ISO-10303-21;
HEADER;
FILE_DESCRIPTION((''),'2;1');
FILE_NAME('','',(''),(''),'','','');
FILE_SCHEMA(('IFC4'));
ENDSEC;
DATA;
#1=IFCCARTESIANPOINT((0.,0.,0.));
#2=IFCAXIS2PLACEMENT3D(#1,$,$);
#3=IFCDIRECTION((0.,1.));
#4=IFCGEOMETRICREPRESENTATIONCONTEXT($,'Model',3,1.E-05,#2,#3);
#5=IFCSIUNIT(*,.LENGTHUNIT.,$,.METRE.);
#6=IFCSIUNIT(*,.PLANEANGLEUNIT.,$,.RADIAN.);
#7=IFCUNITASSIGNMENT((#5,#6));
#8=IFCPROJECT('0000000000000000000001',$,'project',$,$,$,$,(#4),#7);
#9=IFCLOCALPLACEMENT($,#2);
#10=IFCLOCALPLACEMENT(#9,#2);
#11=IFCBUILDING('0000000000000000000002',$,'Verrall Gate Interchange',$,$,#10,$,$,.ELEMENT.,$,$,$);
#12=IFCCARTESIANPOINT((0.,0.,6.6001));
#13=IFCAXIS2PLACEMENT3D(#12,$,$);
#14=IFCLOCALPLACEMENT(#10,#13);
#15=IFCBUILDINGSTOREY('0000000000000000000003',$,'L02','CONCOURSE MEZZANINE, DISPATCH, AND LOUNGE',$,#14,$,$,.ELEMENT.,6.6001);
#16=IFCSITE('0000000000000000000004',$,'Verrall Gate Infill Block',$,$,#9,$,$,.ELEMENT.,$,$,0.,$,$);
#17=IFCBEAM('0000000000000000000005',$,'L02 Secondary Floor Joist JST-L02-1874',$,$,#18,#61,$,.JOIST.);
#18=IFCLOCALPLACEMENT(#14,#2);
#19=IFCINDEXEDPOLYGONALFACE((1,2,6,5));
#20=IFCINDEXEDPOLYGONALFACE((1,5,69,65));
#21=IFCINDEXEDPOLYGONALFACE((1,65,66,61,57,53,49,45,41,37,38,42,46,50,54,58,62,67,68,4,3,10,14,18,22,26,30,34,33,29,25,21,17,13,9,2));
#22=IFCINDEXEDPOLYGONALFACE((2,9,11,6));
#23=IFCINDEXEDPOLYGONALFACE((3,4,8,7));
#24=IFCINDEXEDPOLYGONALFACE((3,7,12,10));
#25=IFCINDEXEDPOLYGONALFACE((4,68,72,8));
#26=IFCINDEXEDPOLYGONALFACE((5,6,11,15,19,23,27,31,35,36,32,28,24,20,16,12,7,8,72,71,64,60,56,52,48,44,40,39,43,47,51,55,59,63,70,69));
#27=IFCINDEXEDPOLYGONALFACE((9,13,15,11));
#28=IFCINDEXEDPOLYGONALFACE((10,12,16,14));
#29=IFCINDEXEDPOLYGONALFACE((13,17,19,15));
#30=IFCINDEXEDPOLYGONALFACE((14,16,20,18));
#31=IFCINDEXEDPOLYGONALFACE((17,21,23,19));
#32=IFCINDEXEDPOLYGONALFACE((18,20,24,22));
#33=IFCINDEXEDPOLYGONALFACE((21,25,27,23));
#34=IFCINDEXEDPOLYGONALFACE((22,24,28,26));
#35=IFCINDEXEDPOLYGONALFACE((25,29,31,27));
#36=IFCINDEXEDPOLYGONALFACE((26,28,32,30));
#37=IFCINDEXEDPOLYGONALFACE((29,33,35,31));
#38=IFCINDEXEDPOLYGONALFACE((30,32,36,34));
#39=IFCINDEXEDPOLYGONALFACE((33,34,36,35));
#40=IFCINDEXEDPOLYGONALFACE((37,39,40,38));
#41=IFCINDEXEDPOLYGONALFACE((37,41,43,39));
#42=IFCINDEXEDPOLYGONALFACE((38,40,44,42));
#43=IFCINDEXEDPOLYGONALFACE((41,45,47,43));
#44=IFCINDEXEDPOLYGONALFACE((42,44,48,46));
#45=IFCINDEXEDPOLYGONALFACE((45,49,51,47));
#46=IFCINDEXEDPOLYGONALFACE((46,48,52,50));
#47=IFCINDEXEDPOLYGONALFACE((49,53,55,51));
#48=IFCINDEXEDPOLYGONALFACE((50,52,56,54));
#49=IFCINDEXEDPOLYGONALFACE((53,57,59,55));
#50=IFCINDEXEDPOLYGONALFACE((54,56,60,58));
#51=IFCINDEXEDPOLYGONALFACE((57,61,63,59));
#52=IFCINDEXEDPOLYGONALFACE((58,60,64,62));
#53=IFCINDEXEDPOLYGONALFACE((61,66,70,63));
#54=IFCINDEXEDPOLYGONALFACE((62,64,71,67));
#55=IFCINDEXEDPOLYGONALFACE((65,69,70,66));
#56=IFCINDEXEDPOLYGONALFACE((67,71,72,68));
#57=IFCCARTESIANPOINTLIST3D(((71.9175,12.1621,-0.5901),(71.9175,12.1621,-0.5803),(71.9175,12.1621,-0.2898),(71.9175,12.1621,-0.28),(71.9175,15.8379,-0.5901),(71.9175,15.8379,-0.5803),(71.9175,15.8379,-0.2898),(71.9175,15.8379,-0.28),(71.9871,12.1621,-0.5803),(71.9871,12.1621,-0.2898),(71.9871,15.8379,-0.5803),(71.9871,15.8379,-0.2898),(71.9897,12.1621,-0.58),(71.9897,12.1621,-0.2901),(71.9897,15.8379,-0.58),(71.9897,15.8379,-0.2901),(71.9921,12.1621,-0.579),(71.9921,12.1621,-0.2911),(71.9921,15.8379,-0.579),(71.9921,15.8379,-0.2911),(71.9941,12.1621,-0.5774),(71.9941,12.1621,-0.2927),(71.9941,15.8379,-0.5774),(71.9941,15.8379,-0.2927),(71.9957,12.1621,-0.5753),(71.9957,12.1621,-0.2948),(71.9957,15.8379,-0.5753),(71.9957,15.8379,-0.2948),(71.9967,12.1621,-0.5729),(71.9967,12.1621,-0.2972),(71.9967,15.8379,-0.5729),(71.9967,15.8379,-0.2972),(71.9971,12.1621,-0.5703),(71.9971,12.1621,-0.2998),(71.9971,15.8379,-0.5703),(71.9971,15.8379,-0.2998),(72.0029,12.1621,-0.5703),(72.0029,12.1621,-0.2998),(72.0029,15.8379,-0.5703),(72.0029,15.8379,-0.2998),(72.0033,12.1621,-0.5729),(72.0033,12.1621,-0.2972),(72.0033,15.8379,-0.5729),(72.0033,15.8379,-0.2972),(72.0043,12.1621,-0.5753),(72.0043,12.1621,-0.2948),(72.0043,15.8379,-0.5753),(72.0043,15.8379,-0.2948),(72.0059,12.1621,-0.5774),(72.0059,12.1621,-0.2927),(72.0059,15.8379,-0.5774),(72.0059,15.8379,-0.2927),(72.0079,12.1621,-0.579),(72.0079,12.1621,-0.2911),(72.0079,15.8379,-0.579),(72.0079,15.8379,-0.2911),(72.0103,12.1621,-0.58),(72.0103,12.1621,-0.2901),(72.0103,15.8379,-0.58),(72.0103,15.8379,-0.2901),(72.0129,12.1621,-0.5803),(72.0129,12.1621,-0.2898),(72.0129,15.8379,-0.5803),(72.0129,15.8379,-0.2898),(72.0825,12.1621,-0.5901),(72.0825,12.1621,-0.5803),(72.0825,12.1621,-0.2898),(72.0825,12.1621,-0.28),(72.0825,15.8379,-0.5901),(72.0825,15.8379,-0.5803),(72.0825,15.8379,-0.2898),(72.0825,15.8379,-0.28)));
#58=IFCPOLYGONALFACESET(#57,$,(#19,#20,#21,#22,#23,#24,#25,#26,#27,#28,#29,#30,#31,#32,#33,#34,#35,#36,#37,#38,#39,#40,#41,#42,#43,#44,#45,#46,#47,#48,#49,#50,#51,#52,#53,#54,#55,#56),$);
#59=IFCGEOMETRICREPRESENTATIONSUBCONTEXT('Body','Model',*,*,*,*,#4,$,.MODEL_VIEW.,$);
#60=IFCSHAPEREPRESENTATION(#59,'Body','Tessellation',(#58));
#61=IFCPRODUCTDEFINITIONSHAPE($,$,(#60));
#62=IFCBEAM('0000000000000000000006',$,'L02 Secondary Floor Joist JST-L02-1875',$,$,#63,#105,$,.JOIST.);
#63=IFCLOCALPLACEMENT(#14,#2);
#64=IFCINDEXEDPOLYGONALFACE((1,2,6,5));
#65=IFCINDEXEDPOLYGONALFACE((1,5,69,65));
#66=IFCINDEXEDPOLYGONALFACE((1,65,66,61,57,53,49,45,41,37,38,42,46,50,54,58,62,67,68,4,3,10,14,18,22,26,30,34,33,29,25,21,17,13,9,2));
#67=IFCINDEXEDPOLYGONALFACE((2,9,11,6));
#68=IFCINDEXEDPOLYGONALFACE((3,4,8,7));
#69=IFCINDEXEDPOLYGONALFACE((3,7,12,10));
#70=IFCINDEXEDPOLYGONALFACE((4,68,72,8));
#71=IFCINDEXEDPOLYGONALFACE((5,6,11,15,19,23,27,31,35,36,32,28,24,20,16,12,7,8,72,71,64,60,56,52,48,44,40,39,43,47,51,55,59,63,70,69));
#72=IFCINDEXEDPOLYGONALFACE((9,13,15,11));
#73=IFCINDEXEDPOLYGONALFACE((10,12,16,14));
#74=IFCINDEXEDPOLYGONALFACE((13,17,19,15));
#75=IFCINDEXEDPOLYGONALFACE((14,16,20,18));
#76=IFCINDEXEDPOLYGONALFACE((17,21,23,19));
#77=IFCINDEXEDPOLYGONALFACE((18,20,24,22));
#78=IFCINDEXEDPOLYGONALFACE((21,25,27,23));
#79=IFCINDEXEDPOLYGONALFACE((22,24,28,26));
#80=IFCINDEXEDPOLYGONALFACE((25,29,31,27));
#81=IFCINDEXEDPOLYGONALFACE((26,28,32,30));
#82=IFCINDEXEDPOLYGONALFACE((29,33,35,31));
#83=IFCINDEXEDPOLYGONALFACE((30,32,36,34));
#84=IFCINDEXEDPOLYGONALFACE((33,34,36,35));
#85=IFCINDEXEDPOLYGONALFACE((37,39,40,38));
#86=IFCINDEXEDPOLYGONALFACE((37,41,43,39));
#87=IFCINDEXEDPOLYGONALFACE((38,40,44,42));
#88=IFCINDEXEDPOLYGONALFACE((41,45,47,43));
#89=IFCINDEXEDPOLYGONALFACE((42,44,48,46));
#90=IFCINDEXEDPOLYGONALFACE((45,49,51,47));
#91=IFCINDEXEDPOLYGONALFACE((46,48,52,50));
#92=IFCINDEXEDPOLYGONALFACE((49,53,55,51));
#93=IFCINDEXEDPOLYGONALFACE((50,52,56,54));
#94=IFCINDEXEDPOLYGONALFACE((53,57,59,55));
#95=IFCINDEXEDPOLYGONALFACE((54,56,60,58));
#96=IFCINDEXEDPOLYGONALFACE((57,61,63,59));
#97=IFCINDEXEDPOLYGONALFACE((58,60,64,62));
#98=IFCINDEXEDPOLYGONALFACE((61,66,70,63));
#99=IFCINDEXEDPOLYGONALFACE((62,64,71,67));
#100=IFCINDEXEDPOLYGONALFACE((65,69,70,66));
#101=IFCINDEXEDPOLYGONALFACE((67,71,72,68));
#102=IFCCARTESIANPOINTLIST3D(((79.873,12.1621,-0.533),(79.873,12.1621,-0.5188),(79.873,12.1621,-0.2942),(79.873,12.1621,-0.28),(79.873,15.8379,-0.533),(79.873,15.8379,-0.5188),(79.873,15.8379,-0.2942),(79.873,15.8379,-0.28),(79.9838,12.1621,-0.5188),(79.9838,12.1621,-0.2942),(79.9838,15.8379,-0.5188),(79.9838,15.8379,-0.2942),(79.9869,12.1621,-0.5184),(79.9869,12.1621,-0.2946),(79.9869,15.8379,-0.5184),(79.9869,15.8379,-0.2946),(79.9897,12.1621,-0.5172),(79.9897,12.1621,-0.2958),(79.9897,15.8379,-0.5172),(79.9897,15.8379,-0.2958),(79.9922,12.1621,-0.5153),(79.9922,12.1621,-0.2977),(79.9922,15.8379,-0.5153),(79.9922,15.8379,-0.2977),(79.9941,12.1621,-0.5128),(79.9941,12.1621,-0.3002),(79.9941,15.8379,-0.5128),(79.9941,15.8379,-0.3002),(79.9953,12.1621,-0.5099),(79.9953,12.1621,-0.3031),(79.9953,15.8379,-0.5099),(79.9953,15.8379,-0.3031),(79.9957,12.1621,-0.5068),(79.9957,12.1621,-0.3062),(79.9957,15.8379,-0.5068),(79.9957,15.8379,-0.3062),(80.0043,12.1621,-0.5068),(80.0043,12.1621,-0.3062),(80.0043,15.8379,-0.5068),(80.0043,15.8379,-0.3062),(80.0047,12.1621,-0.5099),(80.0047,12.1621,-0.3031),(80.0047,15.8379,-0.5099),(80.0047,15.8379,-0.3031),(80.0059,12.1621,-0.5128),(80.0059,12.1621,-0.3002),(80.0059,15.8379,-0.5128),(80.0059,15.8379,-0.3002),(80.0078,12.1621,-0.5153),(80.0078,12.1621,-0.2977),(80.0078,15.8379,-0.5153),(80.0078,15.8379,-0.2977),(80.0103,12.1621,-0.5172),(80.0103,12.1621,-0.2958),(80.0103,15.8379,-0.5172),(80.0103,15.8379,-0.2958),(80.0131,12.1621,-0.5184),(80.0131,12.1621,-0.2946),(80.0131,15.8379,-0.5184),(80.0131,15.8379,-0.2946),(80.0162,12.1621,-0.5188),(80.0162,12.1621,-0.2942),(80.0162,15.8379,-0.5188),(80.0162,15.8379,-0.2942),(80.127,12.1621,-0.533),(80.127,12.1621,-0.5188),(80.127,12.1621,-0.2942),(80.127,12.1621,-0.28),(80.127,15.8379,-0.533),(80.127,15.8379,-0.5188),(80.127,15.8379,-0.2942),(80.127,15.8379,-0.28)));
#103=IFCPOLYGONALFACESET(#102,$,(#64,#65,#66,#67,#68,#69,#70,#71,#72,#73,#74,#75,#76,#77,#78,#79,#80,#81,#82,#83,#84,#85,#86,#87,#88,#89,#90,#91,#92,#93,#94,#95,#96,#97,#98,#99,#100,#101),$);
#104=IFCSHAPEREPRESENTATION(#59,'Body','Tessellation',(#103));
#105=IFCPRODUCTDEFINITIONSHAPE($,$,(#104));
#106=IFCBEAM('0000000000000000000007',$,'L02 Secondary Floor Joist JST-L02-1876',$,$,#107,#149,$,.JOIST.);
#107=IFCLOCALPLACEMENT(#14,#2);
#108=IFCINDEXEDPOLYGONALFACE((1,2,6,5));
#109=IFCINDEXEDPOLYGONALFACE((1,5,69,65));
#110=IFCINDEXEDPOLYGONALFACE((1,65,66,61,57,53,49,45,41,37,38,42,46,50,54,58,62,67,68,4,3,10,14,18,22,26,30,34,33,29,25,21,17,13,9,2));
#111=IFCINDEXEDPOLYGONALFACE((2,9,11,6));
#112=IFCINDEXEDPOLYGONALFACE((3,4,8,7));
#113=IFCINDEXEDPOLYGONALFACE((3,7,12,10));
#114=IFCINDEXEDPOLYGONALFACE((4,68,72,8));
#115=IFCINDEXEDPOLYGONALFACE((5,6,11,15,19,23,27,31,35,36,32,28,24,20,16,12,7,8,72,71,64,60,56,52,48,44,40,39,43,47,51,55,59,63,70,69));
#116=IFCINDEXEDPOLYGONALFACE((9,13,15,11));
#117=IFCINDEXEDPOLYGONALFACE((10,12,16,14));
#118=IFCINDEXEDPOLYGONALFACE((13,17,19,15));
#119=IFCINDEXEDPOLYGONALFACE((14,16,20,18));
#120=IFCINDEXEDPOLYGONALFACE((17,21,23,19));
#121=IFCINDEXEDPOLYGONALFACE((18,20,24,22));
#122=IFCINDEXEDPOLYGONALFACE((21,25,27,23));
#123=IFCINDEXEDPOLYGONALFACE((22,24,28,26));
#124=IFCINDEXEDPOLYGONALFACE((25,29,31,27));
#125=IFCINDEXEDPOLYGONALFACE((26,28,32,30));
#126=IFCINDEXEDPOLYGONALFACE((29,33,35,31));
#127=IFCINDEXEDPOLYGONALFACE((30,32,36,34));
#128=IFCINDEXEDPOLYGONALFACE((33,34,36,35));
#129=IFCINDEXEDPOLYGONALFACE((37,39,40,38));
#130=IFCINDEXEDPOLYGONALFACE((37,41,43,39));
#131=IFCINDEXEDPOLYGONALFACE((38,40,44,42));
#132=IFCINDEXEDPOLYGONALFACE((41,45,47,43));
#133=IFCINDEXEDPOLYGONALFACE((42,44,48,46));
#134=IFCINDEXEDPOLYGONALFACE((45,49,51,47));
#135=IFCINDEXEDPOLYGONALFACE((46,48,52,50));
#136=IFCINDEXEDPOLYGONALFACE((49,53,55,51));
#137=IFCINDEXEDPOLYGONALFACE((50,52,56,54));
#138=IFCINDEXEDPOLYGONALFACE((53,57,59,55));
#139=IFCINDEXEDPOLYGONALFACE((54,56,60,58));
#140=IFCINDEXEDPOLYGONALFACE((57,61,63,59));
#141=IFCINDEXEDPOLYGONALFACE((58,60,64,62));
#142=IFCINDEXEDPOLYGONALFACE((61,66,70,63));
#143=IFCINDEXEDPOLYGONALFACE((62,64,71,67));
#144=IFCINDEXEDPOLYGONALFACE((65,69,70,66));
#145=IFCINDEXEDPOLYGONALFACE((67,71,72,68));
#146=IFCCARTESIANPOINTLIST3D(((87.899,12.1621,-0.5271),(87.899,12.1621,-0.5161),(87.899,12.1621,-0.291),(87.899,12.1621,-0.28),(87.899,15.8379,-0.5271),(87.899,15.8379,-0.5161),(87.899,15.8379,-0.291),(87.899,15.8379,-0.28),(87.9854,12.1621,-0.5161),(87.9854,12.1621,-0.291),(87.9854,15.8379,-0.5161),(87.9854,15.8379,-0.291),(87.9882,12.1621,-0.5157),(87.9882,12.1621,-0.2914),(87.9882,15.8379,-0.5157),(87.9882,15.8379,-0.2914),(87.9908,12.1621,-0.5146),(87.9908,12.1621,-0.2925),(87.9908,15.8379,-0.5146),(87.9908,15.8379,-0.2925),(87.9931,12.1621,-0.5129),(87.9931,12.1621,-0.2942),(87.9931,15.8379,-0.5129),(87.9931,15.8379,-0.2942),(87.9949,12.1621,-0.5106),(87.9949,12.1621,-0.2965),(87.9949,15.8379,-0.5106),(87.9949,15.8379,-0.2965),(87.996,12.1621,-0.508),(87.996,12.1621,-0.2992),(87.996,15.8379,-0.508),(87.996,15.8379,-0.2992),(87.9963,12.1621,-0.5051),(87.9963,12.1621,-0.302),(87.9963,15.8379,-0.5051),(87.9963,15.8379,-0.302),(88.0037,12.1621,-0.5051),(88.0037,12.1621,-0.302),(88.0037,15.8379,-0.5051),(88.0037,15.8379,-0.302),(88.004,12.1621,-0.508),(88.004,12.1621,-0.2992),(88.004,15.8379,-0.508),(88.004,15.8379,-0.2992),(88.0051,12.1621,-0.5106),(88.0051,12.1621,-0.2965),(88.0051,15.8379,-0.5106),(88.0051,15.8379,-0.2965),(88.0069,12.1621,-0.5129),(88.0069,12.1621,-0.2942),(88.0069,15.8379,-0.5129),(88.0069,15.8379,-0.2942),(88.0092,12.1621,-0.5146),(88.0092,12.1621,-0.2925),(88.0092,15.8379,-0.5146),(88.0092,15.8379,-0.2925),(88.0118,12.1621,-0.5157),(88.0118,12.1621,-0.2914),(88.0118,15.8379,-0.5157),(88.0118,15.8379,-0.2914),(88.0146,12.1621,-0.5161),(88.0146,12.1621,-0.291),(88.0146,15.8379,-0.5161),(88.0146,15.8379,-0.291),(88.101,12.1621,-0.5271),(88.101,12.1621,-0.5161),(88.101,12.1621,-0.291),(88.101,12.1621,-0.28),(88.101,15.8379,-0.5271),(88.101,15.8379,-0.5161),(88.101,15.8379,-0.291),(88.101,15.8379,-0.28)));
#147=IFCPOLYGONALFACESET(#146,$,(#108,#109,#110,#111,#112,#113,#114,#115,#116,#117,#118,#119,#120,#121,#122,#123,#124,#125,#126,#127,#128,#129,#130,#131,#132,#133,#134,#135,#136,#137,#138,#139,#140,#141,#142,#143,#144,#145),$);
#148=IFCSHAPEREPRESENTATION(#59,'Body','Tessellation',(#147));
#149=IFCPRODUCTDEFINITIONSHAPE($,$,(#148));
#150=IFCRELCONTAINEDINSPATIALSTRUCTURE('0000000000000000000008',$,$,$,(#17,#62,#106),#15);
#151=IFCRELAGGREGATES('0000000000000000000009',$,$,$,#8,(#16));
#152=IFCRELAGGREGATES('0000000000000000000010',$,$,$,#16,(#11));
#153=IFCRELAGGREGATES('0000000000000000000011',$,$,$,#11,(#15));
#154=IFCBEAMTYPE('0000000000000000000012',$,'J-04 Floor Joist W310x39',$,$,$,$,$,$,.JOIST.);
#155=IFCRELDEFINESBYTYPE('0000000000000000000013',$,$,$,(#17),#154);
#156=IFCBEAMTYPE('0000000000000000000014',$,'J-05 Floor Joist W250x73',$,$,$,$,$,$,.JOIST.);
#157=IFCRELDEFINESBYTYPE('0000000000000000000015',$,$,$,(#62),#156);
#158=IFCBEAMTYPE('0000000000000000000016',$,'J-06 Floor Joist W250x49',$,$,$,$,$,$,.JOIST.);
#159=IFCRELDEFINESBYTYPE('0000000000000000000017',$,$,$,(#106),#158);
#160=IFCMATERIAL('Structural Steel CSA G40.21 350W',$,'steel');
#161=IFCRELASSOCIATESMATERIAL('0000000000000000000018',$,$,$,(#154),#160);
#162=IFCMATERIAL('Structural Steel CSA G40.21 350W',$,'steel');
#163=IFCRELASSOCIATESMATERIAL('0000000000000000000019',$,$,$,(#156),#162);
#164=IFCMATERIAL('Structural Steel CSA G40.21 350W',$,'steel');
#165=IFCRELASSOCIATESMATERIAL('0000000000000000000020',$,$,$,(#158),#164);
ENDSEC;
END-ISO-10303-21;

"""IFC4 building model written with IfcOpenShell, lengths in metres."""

from ifc_helpers import new_model, si_unit, direction, frame, origin, origin_2d, place, context, subcontext, project, spatial, i_section, extrude, material, material_profile, profile_set, type_object, element, save


model = new_model("IFC4")

# Units and contexts
model_context = context("Model", 3, precision=1e-05, world=origin(), true_north=direction((0.0, 1.0)))
body_context = subcontext(model_context, "Body", "Model", "MODEL_VIEW")
ifc_project = project(units=[si_unit("LENGTHUNIT", "METRE"), si_unit("PLANEANGLEUNIT", "RADIAN")], contexts=[model_context])

# Site, building, storey
site_placement = place(None, origin())
site = spatial("IfcSite", under=ifc_project, at=site_placement, Name="Verrall Gate Infill Block", CompositionType="ELEMENT", RefElevation=0.0)
building_placement = place(site_placement, origin())
building = spatial("IfcBuilding", under=site, at=building_placement, Name="Verrall Gate Interchange", CompositionType="ELEMENT")
storey_placement = place(building_placement, frame((0.0, 0.0, 6.6001)))
storey = spatial("IfcBuildingStorey", under=building, at=storey_placement, Name="L02", Description="CONCOURSE MEZZANINE, DISPATCH, AND LOUNGE", CompositionType="ELEMENT", Elevation=6.6001)

# Beams
ifc_material_1 = material(Name="Structural Steel CSA G40.21 350W", Category="steel")
ifc_material_profile_1 = material_profile(ifc_material_1, i_section(OverallWidth=0.165, OverallDepth=0.3101, WebThickness=0.0059, FlangeThickness=0.0098, FilletRadius=0.01, at=origin_2d()), Name="W310x39")
ifc_profile_set_1 = profile_set([ifc_material_profile_1], Name="Structural Steel CSA G40.21 350W")
beam_type_1 = type_object("IfcBeamType", Name="J-04 Floor Joist W310x39", PredefinedType="JOIST", material=ifc_profile_set_1)
beam_1_placement = place(storey_placement, frame((72.0, 12.1621, -0.4351), z_axis=(0.0, 1.0, 0.0), x_axis=(-1.0, 0.0, 0.0)))
element("IfcBeam", 1, at=beam_1_placement, inside=storey, type_object=beam_type_1, Name="L02 Secondary Floor Joist JST-L02-1874", PredefinedType="JOIST", context=body_context, shape_type="SweptSolid", body=[
    extrude(i_section(OverallWidth=0.165, OverallDepth=0.3101, WebThickness=0.0059, FlangeThickness=0.0098, FilletRadius=0.01, at=origin_2d()), origin(), (0.0, 0.0, 1.0), 3.6758),
])
ifc_material_2 = material(Name="Structural Steel CSA G40.21 350W", Category="steel")
ifc_material_profile_2 = material_profile(ifc_material_2, i_section(OverallWidth=0.2539, OverallDepth=0.2529, WebThickness=0.0085, FlangeThickness=0.0142, FilletRadius=0.012, at=origin_2d()), Name="W250x73")
ifc_profile_set_2 = profile_set([ifc_material_profile_2], Name="Structural Steel CSA G40.21 350W")
beam_type_2 = type_object("IfcBeamType", Name="J-05 Floor Joist W250x73", PredefinedType="JOIST", material=ifc_profile_set_2)
beam_2_placement = place(storey_placement, frame((80.0, 12.1621, -0.4065), z_axis=(0.0, 1.0, 0.0), x_axis=(-1.0, 0.0, 0.0)))
element("IfcBeam", 2, at=beam_2_placement, inside=storey, type_object=beam_type_2, Name="L02 Secondary Floor Joist JST-L02-1875", PredefinedType="JOIST", context=body_context, shape_type="SweptSolid", body=[
    extrude(i_section(OverallWidth=0.2539, OverallDepth=0.2529, WebThickness=0.0085, FlangeThickness=0.0142, FilletRadius=0.012, at=origin_2d()), origin(), (0.0, 0.0, 1.0), 3.6758),
])
ifc_material_3 = material(Name="Structural Steel CSA G40.21 350W", Category="steel")
ifc_material_profile_3 = material_profile(ifc_material_3, i_section(OverallWidth=0.2019, OverallDepth=0.2471, WebThickness=0.0073, FlangeThickness=0.011, FilletRadius=0.011, at=origin_2d()), Name="W250x49")
ifc_profile_set_3 = profile_set([ifc_material_profile_3], Name="Structural Steel CSA G40.21 350W")
beam_type_3 = type_object("IfcBeamType", Name="J-06 Floor Joist W250x49", PredefinedType="JOIST", material=ifc_profile_set_3)
beam_3_placement = place(storey_placement, frame((88.0, 12.1621, -0.4036), z_axis=(0.0, 1.0, 0.0), x_axis=(-1.0, 0.0, 0.0)))
element("IfcBeam", 3, at=beam_3_placement, inside=storey, type_object=beam_type_3, Name="L02 Secondary Floor Joist JST-L02-1876", PredefinedType="JOIST", context=body_context, shape_type="SweptSolid", body=[
    extrude(i_section(OverallWidth=0.2019, OverallDepth=0.2471, WebThickness=0.0073, FlangeThickness=0.011, FilletRadius=0.011, at=origin_2d()), origin(), (0.0, 0.0, 1.0), 3.6758),
])

save(model, "model.ifc")
